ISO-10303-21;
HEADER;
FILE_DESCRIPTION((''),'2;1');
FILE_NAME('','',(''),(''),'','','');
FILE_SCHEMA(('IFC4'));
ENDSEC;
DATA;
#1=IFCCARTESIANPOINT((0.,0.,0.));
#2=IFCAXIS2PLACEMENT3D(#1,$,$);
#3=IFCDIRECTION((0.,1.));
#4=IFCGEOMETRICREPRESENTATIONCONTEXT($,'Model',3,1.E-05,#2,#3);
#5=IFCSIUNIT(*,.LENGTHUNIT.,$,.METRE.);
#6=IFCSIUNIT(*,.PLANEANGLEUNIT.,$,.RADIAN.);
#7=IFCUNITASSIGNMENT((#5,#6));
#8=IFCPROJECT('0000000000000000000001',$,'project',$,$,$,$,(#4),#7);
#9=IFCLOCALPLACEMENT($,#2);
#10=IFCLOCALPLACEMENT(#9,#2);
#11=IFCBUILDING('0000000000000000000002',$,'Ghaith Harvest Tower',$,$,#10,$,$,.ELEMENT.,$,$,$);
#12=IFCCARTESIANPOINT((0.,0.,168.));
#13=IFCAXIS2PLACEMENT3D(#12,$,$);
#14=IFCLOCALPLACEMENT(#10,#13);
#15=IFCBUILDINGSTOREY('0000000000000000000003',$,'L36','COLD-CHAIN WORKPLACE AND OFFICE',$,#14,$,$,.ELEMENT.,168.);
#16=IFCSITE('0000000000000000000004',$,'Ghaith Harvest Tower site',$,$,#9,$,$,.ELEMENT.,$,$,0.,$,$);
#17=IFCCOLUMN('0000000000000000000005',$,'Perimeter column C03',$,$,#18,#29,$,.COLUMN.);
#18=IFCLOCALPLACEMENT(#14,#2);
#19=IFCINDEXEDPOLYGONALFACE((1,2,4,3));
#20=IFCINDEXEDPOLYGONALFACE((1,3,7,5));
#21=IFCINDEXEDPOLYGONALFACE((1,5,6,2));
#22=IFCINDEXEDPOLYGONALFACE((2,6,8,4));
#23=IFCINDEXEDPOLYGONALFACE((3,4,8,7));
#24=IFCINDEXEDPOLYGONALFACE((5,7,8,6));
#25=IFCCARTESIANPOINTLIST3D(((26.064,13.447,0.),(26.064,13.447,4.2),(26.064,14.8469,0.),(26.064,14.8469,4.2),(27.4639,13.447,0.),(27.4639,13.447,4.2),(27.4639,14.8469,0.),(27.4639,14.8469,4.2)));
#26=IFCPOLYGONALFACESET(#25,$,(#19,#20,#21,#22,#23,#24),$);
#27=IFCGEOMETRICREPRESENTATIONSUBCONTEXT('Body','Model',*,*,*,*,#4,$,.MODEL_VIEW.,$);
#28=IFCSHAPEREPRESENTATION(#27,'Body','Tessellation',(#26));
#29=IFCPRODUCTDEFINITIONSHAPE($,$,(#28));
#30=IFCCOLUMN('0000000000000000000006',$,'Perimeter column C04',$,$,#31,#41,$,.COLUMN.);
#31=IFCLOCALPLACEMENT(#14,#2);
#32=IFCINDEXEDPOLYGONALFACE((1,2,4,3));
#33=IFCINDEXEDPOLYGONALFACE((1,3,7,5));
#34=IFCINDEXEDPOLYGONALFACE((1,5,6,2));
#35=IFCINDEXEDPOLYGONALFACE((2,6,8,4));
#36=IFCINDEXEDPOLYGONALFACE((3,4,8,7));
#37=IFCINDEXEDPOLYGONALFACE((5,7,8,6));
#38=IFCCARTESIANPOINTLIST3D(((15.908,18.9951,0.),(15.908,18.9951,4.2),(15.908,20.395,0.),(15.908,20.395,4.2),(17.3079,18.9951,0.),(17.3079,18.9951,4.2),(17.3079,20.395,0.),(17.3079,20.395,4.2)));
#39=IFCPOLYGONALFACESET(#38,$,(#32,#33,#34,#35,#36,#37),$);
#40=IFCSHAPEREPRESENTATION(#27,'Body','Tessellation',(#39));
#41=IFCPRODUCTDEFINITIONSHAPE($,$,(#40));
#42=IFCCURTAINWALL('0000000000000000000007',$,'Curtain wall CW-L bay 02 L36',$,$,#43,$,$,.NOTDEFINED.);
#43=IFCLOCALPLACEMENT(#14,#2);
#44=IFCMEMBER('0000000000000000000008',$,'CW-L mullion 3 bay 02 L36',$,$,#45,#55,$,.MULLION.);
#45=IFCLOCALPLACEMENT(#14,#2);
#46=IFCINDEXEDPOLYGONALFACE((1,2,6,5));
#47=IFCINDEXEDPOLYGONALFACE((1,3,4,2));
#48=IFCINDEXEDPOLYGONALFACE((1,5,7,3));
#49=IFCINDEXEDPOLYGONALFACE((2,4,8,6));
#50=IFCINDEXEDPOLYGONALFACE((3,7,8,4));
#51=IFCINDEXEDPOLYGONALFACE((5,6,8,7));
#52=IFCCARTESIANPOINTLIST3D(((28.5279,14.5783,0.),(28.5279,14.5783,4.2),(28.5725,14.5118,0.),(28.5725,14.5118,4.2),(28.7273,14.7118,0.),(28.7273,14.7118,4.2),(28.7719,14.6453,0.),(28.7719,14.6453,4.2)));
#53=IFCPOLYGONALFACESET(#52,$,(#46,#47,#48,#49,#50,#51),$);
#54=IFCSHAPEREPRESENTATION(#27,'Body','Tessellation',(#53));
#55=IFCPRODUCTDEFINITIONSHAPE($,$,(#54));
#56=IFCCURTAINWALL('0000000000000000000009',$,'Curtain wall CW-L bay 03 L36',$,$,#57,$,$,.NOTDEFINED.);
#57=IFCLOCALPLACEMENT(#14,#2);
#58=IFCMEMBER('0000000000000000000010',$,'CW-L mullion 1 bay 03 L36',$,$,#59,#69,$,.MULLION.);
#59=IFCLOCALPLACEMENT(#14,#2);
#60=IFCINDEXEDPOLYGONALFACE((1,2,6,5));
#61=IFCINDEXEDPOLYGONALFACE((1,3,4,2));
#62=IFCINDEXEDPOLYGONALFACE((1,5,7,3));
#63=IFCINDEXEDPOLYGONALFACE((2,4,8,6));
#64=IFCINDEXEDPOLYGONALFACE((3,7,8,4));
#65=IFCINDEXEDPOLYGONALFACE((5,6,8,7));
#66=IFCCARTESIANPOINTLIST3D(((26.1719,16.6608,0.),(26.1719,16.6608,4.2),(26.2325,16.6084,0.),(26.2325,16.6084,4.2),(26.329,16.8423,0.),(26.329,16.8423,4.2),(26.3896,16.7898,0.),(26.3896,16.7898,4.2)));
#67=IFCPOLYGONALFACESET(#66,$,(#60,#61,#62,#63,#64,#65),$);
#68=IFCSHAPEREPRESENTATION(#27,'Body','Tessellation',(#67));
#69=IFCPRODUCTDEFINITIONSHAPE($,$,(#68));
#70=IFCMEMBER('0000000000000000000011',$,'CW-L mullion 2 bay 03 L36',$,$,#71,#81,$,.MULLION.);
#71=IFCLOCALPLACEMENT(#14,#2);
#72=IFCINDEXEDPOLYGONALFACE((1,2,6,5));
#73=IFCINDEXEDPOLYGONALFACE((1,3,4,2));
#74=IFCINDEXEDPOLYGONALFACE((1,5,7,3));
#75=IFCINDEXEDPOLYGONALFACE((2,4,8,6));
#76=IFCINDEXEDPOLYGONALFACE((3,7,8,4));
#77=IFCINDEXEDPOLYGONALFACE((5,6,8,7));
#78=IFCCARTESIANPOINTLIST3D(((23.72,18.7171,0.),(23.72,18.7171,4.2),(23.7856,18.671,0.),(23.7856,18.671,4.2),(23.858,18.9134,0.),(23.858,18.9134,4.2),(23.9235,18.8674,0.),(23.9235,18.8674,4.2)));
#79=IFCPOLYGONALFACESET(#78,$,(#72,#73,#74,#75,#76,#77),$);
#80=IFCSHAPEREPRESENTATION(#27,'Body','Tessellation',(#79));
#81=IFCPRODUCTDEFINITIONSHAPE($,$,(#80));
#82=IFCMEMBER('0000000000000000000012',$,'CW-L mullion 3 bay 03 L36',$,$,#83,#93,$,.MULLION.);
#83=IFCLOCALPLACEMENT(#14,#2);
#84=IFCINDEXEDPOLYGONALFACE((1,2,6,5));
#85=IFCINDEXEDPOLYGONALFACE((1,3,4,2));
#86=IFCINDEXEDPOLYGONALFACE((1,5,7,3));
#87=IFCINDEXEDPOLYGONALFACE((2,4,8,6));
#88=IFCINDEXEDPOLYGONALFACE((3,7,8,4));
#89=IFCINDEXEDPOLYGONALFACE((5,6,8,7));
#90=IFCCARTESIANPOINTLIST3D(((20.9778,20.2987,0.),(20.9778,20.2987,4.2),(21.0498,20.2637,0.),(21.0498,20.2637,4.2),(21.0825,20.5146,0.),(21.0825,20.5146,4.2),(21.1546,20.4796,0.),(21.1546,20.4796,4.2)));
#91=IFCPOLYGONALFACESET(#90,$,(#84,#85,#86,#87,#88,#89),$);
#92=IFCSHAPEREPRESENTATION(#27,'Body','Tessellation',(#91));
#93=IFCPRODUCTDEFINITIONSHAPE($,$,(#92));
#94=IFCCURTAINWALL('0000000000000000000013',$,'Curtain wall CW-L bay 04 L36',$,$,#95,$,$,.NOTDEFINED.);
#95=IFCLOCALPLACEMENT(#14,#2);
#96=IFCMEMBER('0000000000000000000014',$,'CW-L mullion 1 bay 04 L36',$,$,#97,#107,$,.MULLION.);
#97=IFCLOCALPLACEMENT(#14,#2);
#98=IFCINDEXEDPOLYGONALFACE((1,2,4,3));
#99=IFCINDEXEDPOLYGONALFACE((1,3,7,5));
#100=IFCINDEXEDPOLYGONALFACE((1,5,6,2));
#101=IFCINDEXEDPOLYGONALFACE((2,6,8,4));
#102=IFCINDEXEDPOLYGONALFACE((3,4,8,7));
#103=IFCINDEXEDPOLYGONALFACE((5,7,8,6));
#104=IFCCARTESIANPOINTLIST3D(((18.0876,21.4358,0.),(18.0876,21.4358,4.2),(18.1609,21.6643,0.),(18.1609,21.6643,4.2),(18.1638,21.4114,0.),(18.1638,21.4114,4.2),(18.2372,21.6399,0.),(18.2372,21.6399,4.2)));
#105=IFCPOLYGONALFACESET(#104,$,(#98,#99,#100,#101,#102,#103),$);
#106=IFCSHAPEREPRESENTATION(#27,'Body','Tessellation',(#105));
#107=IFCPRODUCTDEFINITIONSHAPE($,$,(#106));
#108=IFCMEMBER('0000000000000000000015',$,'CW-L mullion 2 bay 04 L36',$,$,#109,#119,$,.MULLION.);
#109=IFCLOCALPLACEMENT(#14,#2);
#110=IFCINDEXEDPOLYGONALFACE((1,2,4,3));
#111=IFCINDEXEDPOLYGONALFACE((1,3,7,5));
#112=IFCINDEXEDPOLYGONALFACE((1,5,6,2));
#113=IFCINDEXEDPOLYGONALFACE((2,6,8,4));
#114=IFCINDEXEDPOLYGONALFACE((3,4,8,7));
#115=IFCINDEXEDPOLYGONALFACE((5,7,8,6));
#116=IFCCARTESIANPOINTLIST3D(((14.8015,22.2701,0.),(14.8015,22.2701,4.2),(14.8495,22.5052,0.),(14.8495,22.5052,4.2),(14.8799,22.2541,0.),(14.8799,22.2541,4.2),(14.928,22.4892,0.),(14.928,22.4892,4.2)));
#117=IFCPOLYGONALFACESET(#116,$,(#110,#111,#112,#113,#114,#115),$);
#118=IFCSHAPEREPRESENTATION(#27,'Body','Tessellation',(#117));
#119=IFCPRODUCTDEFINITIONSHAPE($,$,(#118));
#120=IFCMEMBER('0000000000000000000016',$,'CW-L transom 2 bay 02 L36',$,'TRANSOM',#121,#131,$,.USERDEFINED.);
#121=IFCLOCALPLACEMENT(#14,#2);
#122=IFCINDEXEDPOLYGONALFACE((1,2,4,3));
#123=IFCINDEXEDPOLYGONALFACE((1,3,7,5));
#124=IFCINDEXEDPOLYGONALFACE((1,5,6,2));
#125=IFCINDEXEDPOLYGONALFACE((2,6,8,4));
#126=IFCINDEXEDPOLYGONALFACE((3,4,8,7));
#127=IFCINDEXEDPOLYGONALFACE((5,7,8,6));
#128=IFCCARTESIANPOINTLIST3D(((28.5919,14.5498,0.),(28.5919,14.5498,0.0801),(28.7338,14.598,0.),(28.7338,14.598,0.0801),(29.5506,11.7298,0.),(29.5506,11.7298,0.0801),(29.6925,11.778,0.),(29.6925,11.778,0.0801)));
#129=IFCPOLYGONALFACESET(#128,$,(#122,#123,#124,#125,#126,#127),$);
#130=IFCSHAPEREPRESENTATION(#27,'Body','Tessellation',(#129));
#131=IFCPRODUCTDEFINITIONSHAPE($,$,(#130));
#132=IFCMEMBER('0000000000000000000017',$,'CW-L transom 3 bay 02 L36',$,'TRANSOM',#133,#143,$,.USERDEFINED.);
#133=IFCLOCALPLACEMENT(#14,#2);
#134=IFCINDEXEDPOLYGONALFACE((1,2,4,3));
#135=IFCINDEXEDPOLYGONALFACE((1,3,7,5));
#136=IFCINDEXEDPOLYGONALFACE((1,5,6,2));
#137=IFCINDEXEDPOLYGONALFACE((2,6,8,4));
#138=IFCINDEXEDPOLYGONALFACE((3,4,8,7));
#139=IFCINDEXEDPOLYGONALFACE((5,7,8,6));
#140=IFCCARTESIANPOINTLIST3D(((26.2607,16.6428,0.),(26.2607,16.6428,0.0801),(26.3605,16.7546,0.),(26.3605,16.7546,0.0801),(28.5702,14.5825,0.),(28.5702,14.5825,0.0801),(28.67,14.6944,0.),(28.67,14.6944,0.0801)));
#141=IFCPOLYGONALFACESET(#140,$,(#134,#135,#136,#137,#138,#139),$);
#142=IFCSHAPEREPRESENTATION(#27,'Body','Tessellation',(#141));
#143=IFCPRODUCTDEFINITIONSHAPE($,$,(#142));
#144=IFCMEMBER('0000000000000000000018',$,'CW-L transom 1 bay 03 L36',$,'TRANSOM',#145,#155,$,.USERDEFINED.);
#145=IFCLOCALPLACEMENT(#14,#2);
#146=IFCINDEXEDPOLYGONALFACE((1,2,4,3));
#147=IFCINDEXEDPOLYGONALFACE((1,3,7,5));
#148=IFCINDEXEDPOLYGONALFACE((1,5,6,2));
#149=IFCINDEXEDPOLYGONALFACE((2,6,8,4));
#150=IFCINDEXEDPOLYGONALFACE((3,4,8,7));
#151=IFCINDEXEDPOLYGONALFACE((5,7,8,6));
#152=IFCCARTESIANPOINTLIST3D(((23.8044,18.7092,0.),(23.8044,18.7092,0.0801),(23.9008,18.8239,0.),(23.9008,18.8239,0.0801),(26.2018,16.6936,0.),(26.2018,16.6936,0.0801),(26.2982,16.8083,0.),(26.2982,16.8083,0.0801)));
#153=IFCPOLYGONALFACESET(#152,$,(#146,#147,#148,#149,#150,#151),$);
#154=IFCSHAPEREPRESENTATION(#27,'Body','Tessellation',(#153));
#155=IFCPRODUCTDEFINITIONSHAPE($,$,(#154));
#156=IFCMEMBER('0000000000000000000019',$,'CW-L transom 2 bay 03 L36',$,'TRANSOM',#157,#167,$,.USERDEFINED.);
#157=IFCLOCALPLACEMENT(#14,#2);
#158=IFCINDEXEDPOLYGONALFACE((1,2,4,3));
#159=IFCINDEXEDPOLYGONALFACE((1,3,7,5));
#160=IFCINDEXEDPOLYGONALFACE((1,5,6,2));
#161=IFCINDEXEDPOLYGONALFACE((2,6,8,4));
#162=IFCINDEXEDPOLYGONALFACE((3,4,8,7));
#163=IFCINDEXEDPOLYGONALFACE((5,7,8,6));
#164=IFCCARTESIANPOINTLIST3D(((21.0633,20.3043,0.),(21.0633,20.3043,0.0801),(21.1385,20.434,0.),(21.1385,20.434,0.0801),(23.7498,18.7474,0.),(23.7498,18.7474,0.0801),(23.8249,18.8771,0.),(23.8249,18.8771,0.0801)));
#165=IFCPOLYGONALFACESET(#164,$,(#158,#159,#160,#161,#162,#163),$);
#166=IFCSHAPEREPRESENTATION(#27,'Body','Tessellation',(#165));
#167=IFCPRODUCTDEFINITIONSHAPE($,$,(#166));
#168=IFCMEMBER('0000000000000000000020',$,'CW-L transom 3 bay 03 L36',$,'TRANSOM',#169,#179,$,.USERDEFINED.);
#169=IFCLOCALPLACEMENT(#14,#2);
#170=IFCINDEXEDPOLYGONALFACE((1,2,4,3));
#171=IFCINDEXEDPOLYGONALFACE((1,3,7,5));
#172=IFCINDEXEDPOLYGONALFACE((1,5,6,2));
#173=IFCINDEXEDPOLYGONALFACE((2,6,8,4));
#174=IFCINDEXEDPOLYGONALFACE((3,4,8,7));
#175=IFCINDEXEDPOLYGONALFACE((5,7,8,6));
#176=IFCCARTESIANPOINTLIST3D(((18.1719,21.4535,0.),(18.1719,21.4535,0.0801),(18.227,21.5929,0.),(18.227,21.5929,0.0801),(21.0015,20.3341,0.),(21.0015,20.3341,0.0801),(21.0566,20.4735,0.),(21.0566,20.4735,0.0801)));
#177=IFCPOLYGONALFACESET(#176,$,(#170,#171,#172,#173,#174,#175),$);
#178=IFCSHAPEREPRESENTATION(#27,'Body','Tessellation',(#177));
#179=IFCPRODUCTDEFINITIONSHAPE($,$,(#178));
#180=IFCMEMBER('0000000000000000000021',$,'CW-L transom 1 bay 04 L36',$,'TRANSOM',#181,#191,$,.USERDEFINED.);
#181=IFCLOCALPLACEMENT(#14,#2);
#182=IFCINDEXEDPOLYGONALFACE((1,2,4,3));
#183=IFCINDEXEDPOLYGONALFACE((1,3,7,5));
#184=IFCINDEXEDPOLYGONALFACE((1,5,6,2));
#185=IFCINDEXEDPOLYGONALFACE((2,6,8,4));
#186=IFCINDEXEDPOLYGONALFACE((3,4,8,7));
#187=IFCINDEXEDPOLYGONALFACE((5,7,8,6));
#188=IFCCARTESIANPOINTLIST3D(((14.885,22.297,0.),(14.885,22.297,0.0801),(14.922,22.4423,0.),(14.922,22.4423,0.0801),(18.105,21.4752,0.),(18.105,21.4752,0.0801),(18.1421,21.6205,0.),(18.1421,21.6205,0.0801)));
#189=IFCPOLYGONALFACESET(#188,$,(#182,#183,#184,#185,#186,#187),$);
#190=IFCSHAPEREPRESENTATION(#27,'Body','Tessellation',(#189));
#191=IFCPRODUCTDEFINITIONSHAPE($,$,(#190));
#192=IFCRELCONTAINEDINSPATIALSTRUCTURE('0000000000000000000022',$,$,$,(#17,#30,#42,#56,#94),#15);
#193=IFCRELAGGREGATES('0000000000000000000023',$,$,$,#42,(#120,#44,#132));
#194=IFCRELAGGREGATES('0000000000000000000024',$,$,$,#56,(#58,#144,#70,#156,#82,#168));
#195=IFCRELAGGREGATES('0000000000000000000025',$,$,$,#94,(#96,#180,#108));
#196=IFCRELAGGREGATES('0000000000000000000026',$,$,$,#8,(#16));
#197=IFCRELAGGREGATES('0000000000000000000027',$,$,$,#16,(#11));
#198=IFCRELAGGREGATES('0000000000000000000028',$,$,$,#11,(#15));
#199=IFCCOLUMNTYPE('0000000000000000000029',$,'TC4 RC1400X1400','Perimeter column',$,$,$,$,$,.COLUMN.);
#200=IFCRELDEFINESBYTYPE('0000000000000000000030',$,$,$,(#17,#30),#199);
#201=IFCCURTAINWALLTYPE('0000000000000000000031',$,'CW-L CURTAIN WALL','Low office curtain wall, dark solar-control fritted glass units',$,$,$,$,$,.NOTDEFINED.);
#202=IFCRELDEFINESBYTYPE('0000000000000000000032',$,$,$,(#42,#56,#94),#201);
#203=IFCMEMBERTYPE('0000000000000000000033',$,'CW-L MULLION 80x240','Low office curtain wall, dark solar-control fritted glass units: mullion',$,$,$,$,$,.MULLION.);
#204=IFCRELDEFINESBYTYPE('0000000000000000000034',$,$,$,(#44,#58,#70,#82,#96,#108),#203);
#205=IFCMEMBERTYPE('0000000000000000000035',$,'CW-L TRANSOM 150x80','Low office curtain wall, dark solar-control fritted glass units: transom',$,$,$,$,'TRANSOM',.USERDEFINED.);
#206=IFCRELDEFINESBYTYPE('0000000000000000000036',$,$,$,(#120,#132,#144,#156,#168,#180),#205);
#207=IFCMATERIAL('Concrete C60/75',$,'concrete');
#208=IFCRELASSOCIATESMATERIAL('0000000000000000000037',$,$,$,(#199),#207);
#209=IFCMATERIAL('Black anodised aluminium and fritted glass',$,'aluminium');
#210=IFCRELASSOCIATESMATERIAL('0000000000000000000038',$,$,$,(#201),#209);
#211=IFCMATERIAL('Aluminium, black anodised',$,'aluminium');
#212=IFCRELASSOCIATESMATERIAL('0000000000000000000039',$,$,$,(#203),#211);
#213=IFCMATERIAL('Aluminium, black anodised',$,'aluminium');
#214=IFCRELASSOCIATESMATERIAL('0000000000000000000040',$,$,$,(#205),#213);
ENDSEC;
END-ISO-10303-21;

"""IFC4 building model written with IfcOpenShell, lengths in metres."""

from ifc_helpers import new_model, si_unit, direction, frame, origin, origin_2d, place, context, subcontext, project, spatial, rectangle, extrude, material, material_profile, profile_set, type_object, element, aggregate, save


model = new_model("IFC4")

# Units and contexts
model_context = context("Model", 3, precision=1e-05, world=origin(), true_north=direction((0.0, 1.0)))
body_context = subcontext(model_context, "Body", "Model", "MODEL_VIEW")
ifc_project = project(units=[si_unit("LENGTHUNIT", "METRE"), si_unit("PLANEANGLEUNIT", "RADIAN")], contexts=[model_context])

# Site, building, storey
site_placement = place(None, origin())
site = spatial("IfcSite", under=ifc_project, at=site_placement, Name="Ghaith Harvest Tower site", CompositionType="ELEMENT", RefElevation=0.0)
building_placement = place(site_placement, origin())
building = spatial("IfcBuilding", under=site, at=building_placement, Name="Ghaith Harvest Tower", CompositionType="ELEMENT")
storey_placement = place(building_placement, frame((0.0, 0.0, 168.0)))
storey = spatial("IfcBuildingStorey", under=building, at=storey_placement, Name="L36", Description="COLD-CHAIN WORKPLACE AND OFFICE", CompositionType="ELEMENT", Elevation=168.0)

# Columns
ifc_material_1 = material(Name="Concrete C60/75", Category="concrete")
ifc_material_profile_1 = material_profile(ifc_material_1, rectangle(XDim=1.3999, YDim=1.3999, at=origin_2d()), Name="RC1400X1400")
ifc_profile_set_1 = profile_set([ifc_material_profile_1], Name="Concrete C60/75")
column_type = type_object("IfcColumnType", Name="TC4 RC1400X1400", Description="Perimeter column", PredefinedType="COLUMN", material=ifc_profile_set_1)
for number, where, z_axis, x_axis, name in (
    (1, (26.7639, 14.147, 0.0), (0.0, 0.0, 1.0), (1.0, 0.0, 0.0), "Perimeter column C03"),
    (2, (16.6079, 19.6951, 0.0), (0.0, 0.0, 1.0), (1.0, 0.0, 0.0), "Perimeter column C04"),
):
    element("IfcColumn", number, at=place(storey_placement, frame(where, z_axis=z_axis, x_axis=x_axis)), inside=storey, type_object=column_type, Name=name, PredefinedType="COLUMN", context=body_context, shape_type="SweptSolid", body=[
        extrude(rectangle(XDim=1.3999, YDim=1.3999, at=origin_2d()), origin(), (0.0, 0.0, 1.0), 4.2),
    ])

# Curtain wall, member
ifc_material_2 = material(Name="Black anodised aluminium and fritted glass", Category="aluminium")
curtain_wall_type = type_object("IfcCurtainWallType", Name="CW-L CURTAIN WALL", Description="Low office curtain wall, dark solar-control fritted glass units", PredefinedType="NOTDEFINED", material=ifc_material_2)
curtain_wall_1_placement = place(storey_placement, origin())
curtain_wall_1 = element("IfcCurtainWall", 3, at=curtain_wall_1_placement, inside=storey, type_object=curtain_wall_type, Name="Curtain wall CW-L bay 02 L36", PredefinedType="NOTDEFINED")
ifc_material_3 = material(Name="Aluminium, black anodised", Category="aluminium")
ifc_material_profile_2 = material_profile(ifc_material_3, rectangle(XDim=0.0801, YDim=0.24, at=origin_2d()), Name="CW-L MULLION 80x240")
ifc_profile_set_2 = profile_set([ifc_material_profile_2], Name="Aluminium, black anodised")
member_type_1 = type_object("IfcMemberType", Name="CW-L MULLION 80x240", Description="Low office curtain wall, dark solar-control fritted glass units: mullion", PredefinedType="MULLION", material=ifc_profile_set_2)
member_1_placement = place(storey_placement, frame((28.6499, 14.6118, 0.0), z_axis=(0.0, 0.0, 1.0), x_axis=(-0.556324, 0.830965, 0.0)))
member_1 = element("IfcMember", 4, at=member_1_placement, type_object=member_type_1, Name="CW-L mullion 3 bay 02 L36", PredefinedType="MULLION", context=body_context, shape_type="SweptSolid", body=[
    extrude(rectangle(XDim=0.0801, YDim=0.24, at=origin_2d()), origin(), (0.0, 0.0, 1.0), 4.2),
])

# Curtain walls, members
curtain_wall_2_placement = place(storey_placement, origin())
curtain_wall_2 = element("IfcCurtainWall", 5, at=curtain_wall_2_placement, inside=storey, type_object=curtain_wall_type, Name="Curtain wall CW-L bay 03 L36", PredefinedType="NOTDEFINED")
member_2_placement = place(storey_placement, frame((26.2808, 16.7253, 0.0), z_axis=(0.0, 0.0, 1.0), x_axis=(-0.755999, 0.654572, 0.0)))
member_2 = element("IfcMember", 6, at=member_2_placement, type_object=member_type_1, Name="CW-L mullion 1 bay 03 L36", PredefinedType="MULLION", context=body_context, shape_type="SweptSolid", body=[
    extrude(rectangle(XDim=0.0801, YDim=0.24, at=origin_2d()), origin(), (0.0, 0.0, 1.0), 4.2),
])
member_3_placement = place(storey_placement, frame((23.8218, 18.7922, 0.0), z_axis=(0.0, 0.0, 1.0), x_axis=(-0.818229, 0.574893, 0.0)))
member_3 = element("IfcMember", 7, at=member_3_placement, type_object=member_type_1, Name="CW-L mullion 2 bay 03 L36", PredefinedType="MULLION", context=body_context, shape_type="SweptSolid", body=[
    extrude(rectangle(XDim=0.0801, YDim=0.24, at=origin_2d()), origin(), (0.0, 0.0, 1.0), 4.2),
])
member_4_placement = place(storey_placement, frame((21.0662, 20.3892, 0.0), z_axis=(0.0, 0.0, 1.0), x_axis=(-0.899713, 0.436481, 0.0)))
member_4 = element("IfcMember", 8, at=member_4_placement, type_object=member_type_1, Name="CW-L mullion 3 bay 03 L36", PredefinedType="MULLION", context=body_context, shape_type="SweptSolid", body=[
    extrude(rectangle(XDim=0.0801, YDim=0.24, at=origin_2d()), origin(), (0.0, 0.0, 1.0), 4.2),
])
curtain_wall_3_placement = place(storey_placement, origin())
curtain_wall_3 = element("IfcCurtainWall", 9, at=curtain_wall_3_placement, inside=storey, type_object=curtain_wall_type, Name="Curtain wall CW-L bay 04 L36", PredefinedType="NOTDEFINED")
member_5_placement = place(storey_placement, frame((18.1624, 21.5378, 0.0), z_axis=(0.0, 0.0, 1.0), x_axis=(-0.952152, 0.305624, 0.0)))
member_5 = element("IfcMember", 10, at=member_5_placement, type_object=member_type_1, Name="CW-L mullion 1 bay 04 L36", PredefinedType="MULLION", context=body_context, shape_type="SweptSolid", body=[
    extrude(rectangle(XDim=0.0801, YDim=0.24, at=origin_2d()), origin(), (0.0, 0.0, 1.0), 4.2),
])
member_6_placement = place(storey_placement, frame((14.8647, 22.3796, 0.0), z_axis=(0.0, 0.0, 1.0), x_axis=(-0.979752, 0.200215, 0.0)))
member_6 = element("IfcMember", 11, at=member_6_placement, type_object=member_type_1, Name="CW-L mullion 2 bay 04 L36", PredefinedType="MULLION", context=body_context, shape_type="SweptSolid", body=[
    extrude(rectangle(XDim=0.0801, YDim=0.24, at=origin_2d()), origin(), (0.0, 0.0, 1.0), 4.2),
])

# Members
ifc_material_4 = material(Name="Aluminium, black anodised", Category="aluminium")
ifc_material_profile_3 = material_profile(ifc_material_4, rectangle(XDim=0.1499, YDim=0.0801, at=origin_2d()), Name="CW-L TRANSOM 150x80")
ifc_profile_set_3 = profile_set([ifc_material_profile_3], Name="Aluminium, black anodised")
member_type_2 = type_object("IfcMemberType", Name="CW-L TRANSOM 150x80", Description="Low office curtain wall, dark solar-control fritted glass units: transom", ElementType="TRANSOM", PredefinedType="USERDEFINED", material=ifc_profile_set_3)
member_7_placement = place(storey_placement, frame((29.6216, 11.7539, 0.04), z_axis=(-0.321878, 0.946781, 0.0), x_axis=(-0.946781, -0.321878, 0.0)))
member_7 = element("IfcMember", 12, at=member_7_placement, type_object=member_type_2, Name="CW-L transom 2 bay 02 L36", ObjectType="TRANSOM", PredefinedType="USERDEFINED", context=body_context, shape_type="SweptSolid", body=[
    extrude(rectangle(XDim=0.1499, YDim=0.0801, at=origin_2d()), origin(), (0.0, 0.0, 1.0), 2.9785),
])
member_8_placement = place(storey_placement, frame((28.6201, 14.6384, 0.04), z_axis=(-0.746229, 0.66569, 0.0), x_axis=(-0.66569, -0.746229, 0.0)))
member_8 = element("IfcMember", 13, at=member_8_placement, type_object=member_type_2, Name="CW-L transom 3 bay 02 L36", ObjectType="TRANSOM", PredefinedType="USERDEFINED", context=body_context, shape_type="SweptSolid", body=[
    extrude(rectangle(XDim=0.1499, YDim=0.0801, at=origin_2d()), origin(), (0.0, 0.0, 1.0), 3.095),
])
member_9_placement = place(storey_placement, frame((26.25, 16.751, 0.04), z_axis=(-0.765428, 0.643521, 0.0), x_axis=(-0.643521, -0.765428, 0.0)))
member_9 = element("IfcMember", 14, at=member_9_placement, type_object=member_type_2, Name="CW-L transom 1 bay 03 L36", ObjectType="TRANSOM", PredefinedType="USERDEFINED", context=body_context, shape_type="SweptSolid", body=[
    extrude(rectangle(XDim=0.1499, YDim=0.0801, at=origin_2d()), origin(), (0.0, 0.0, 1.0), 3.1321),
])
member_10_placement = place(storey_placement, frame((23.7874, 18.8123, 0.04), z_axis=(-0.865213, 0.501405, 0.0), x_axis=(-0.501405, -0.865213, 0.0)))
member_10 = element("IfcMember", 15, at=member_10_placement, type_object=member_type_2, Name="CW-L transom 2 bay 03 L36", ObjectType="TRANSOM", PredefinedType="USERDEFINED", context=body_context, shape_type="SweptSolid", body=[
    extrude(rectangle(XDim=0.1499, YDim=0.0801, at=origin_2d()), origin(), (0.0, 0.0, 1.0), 3.105),
])
member_11_placement = place(storey_placement, frame((21.0291, 20.4038, 0.04), z_axis=(-0.929881, 0.367861, 0.0), x_axis=(-0.367861, -0.929881, 0.0)))
member_11 = element("IfcMember", 16, at=member_11_placement, type_object=member_type_2, Name="CW-L transom 3 bay 03 L36", ObjectType="TRANSOM", PredefinedType="USERDEFINED", context=body_context, shape_type="SweptSolid", body=[
    extrude(rectangle(XDim=0.1499, YDim=0.0801, at=origin_2d()), origin(), (0.0, 0.0, 1.0), 3.043),
])
member_12_placement = place(storey_placement, frame((18.1235, 21.5479, 0.04), z_axis=(-0.968942, 0.247286, 0.0), x_axis=(-0.247286, -0.968942, 0.0)))
member_12 = element("IfcMember", 17, at=member_12_placement, type_object=member_type_2, Name="CW-L transom 1 bay 04 L36", ObjectType="TRANSOM", PredefinedType="USERDEFINED", context=body_context, shape_type="SweptSolid", body=[
    extrude(rectangle(XDim=0.1499, YDim=0.0801, at=origin_2d()), origin(), (0.0, 0.0, 1.0), 3.3232),
])

aggregate(curtain_wall_1, [member_7, member_1, member_8])
aggregate(curtain_wall_2, [member_2, member_9, member_3, member_10, member_4, member_11])
aggregate(curtain_wall_3, [member_5, member_12, member_6])

save(model, "model.ifc")
